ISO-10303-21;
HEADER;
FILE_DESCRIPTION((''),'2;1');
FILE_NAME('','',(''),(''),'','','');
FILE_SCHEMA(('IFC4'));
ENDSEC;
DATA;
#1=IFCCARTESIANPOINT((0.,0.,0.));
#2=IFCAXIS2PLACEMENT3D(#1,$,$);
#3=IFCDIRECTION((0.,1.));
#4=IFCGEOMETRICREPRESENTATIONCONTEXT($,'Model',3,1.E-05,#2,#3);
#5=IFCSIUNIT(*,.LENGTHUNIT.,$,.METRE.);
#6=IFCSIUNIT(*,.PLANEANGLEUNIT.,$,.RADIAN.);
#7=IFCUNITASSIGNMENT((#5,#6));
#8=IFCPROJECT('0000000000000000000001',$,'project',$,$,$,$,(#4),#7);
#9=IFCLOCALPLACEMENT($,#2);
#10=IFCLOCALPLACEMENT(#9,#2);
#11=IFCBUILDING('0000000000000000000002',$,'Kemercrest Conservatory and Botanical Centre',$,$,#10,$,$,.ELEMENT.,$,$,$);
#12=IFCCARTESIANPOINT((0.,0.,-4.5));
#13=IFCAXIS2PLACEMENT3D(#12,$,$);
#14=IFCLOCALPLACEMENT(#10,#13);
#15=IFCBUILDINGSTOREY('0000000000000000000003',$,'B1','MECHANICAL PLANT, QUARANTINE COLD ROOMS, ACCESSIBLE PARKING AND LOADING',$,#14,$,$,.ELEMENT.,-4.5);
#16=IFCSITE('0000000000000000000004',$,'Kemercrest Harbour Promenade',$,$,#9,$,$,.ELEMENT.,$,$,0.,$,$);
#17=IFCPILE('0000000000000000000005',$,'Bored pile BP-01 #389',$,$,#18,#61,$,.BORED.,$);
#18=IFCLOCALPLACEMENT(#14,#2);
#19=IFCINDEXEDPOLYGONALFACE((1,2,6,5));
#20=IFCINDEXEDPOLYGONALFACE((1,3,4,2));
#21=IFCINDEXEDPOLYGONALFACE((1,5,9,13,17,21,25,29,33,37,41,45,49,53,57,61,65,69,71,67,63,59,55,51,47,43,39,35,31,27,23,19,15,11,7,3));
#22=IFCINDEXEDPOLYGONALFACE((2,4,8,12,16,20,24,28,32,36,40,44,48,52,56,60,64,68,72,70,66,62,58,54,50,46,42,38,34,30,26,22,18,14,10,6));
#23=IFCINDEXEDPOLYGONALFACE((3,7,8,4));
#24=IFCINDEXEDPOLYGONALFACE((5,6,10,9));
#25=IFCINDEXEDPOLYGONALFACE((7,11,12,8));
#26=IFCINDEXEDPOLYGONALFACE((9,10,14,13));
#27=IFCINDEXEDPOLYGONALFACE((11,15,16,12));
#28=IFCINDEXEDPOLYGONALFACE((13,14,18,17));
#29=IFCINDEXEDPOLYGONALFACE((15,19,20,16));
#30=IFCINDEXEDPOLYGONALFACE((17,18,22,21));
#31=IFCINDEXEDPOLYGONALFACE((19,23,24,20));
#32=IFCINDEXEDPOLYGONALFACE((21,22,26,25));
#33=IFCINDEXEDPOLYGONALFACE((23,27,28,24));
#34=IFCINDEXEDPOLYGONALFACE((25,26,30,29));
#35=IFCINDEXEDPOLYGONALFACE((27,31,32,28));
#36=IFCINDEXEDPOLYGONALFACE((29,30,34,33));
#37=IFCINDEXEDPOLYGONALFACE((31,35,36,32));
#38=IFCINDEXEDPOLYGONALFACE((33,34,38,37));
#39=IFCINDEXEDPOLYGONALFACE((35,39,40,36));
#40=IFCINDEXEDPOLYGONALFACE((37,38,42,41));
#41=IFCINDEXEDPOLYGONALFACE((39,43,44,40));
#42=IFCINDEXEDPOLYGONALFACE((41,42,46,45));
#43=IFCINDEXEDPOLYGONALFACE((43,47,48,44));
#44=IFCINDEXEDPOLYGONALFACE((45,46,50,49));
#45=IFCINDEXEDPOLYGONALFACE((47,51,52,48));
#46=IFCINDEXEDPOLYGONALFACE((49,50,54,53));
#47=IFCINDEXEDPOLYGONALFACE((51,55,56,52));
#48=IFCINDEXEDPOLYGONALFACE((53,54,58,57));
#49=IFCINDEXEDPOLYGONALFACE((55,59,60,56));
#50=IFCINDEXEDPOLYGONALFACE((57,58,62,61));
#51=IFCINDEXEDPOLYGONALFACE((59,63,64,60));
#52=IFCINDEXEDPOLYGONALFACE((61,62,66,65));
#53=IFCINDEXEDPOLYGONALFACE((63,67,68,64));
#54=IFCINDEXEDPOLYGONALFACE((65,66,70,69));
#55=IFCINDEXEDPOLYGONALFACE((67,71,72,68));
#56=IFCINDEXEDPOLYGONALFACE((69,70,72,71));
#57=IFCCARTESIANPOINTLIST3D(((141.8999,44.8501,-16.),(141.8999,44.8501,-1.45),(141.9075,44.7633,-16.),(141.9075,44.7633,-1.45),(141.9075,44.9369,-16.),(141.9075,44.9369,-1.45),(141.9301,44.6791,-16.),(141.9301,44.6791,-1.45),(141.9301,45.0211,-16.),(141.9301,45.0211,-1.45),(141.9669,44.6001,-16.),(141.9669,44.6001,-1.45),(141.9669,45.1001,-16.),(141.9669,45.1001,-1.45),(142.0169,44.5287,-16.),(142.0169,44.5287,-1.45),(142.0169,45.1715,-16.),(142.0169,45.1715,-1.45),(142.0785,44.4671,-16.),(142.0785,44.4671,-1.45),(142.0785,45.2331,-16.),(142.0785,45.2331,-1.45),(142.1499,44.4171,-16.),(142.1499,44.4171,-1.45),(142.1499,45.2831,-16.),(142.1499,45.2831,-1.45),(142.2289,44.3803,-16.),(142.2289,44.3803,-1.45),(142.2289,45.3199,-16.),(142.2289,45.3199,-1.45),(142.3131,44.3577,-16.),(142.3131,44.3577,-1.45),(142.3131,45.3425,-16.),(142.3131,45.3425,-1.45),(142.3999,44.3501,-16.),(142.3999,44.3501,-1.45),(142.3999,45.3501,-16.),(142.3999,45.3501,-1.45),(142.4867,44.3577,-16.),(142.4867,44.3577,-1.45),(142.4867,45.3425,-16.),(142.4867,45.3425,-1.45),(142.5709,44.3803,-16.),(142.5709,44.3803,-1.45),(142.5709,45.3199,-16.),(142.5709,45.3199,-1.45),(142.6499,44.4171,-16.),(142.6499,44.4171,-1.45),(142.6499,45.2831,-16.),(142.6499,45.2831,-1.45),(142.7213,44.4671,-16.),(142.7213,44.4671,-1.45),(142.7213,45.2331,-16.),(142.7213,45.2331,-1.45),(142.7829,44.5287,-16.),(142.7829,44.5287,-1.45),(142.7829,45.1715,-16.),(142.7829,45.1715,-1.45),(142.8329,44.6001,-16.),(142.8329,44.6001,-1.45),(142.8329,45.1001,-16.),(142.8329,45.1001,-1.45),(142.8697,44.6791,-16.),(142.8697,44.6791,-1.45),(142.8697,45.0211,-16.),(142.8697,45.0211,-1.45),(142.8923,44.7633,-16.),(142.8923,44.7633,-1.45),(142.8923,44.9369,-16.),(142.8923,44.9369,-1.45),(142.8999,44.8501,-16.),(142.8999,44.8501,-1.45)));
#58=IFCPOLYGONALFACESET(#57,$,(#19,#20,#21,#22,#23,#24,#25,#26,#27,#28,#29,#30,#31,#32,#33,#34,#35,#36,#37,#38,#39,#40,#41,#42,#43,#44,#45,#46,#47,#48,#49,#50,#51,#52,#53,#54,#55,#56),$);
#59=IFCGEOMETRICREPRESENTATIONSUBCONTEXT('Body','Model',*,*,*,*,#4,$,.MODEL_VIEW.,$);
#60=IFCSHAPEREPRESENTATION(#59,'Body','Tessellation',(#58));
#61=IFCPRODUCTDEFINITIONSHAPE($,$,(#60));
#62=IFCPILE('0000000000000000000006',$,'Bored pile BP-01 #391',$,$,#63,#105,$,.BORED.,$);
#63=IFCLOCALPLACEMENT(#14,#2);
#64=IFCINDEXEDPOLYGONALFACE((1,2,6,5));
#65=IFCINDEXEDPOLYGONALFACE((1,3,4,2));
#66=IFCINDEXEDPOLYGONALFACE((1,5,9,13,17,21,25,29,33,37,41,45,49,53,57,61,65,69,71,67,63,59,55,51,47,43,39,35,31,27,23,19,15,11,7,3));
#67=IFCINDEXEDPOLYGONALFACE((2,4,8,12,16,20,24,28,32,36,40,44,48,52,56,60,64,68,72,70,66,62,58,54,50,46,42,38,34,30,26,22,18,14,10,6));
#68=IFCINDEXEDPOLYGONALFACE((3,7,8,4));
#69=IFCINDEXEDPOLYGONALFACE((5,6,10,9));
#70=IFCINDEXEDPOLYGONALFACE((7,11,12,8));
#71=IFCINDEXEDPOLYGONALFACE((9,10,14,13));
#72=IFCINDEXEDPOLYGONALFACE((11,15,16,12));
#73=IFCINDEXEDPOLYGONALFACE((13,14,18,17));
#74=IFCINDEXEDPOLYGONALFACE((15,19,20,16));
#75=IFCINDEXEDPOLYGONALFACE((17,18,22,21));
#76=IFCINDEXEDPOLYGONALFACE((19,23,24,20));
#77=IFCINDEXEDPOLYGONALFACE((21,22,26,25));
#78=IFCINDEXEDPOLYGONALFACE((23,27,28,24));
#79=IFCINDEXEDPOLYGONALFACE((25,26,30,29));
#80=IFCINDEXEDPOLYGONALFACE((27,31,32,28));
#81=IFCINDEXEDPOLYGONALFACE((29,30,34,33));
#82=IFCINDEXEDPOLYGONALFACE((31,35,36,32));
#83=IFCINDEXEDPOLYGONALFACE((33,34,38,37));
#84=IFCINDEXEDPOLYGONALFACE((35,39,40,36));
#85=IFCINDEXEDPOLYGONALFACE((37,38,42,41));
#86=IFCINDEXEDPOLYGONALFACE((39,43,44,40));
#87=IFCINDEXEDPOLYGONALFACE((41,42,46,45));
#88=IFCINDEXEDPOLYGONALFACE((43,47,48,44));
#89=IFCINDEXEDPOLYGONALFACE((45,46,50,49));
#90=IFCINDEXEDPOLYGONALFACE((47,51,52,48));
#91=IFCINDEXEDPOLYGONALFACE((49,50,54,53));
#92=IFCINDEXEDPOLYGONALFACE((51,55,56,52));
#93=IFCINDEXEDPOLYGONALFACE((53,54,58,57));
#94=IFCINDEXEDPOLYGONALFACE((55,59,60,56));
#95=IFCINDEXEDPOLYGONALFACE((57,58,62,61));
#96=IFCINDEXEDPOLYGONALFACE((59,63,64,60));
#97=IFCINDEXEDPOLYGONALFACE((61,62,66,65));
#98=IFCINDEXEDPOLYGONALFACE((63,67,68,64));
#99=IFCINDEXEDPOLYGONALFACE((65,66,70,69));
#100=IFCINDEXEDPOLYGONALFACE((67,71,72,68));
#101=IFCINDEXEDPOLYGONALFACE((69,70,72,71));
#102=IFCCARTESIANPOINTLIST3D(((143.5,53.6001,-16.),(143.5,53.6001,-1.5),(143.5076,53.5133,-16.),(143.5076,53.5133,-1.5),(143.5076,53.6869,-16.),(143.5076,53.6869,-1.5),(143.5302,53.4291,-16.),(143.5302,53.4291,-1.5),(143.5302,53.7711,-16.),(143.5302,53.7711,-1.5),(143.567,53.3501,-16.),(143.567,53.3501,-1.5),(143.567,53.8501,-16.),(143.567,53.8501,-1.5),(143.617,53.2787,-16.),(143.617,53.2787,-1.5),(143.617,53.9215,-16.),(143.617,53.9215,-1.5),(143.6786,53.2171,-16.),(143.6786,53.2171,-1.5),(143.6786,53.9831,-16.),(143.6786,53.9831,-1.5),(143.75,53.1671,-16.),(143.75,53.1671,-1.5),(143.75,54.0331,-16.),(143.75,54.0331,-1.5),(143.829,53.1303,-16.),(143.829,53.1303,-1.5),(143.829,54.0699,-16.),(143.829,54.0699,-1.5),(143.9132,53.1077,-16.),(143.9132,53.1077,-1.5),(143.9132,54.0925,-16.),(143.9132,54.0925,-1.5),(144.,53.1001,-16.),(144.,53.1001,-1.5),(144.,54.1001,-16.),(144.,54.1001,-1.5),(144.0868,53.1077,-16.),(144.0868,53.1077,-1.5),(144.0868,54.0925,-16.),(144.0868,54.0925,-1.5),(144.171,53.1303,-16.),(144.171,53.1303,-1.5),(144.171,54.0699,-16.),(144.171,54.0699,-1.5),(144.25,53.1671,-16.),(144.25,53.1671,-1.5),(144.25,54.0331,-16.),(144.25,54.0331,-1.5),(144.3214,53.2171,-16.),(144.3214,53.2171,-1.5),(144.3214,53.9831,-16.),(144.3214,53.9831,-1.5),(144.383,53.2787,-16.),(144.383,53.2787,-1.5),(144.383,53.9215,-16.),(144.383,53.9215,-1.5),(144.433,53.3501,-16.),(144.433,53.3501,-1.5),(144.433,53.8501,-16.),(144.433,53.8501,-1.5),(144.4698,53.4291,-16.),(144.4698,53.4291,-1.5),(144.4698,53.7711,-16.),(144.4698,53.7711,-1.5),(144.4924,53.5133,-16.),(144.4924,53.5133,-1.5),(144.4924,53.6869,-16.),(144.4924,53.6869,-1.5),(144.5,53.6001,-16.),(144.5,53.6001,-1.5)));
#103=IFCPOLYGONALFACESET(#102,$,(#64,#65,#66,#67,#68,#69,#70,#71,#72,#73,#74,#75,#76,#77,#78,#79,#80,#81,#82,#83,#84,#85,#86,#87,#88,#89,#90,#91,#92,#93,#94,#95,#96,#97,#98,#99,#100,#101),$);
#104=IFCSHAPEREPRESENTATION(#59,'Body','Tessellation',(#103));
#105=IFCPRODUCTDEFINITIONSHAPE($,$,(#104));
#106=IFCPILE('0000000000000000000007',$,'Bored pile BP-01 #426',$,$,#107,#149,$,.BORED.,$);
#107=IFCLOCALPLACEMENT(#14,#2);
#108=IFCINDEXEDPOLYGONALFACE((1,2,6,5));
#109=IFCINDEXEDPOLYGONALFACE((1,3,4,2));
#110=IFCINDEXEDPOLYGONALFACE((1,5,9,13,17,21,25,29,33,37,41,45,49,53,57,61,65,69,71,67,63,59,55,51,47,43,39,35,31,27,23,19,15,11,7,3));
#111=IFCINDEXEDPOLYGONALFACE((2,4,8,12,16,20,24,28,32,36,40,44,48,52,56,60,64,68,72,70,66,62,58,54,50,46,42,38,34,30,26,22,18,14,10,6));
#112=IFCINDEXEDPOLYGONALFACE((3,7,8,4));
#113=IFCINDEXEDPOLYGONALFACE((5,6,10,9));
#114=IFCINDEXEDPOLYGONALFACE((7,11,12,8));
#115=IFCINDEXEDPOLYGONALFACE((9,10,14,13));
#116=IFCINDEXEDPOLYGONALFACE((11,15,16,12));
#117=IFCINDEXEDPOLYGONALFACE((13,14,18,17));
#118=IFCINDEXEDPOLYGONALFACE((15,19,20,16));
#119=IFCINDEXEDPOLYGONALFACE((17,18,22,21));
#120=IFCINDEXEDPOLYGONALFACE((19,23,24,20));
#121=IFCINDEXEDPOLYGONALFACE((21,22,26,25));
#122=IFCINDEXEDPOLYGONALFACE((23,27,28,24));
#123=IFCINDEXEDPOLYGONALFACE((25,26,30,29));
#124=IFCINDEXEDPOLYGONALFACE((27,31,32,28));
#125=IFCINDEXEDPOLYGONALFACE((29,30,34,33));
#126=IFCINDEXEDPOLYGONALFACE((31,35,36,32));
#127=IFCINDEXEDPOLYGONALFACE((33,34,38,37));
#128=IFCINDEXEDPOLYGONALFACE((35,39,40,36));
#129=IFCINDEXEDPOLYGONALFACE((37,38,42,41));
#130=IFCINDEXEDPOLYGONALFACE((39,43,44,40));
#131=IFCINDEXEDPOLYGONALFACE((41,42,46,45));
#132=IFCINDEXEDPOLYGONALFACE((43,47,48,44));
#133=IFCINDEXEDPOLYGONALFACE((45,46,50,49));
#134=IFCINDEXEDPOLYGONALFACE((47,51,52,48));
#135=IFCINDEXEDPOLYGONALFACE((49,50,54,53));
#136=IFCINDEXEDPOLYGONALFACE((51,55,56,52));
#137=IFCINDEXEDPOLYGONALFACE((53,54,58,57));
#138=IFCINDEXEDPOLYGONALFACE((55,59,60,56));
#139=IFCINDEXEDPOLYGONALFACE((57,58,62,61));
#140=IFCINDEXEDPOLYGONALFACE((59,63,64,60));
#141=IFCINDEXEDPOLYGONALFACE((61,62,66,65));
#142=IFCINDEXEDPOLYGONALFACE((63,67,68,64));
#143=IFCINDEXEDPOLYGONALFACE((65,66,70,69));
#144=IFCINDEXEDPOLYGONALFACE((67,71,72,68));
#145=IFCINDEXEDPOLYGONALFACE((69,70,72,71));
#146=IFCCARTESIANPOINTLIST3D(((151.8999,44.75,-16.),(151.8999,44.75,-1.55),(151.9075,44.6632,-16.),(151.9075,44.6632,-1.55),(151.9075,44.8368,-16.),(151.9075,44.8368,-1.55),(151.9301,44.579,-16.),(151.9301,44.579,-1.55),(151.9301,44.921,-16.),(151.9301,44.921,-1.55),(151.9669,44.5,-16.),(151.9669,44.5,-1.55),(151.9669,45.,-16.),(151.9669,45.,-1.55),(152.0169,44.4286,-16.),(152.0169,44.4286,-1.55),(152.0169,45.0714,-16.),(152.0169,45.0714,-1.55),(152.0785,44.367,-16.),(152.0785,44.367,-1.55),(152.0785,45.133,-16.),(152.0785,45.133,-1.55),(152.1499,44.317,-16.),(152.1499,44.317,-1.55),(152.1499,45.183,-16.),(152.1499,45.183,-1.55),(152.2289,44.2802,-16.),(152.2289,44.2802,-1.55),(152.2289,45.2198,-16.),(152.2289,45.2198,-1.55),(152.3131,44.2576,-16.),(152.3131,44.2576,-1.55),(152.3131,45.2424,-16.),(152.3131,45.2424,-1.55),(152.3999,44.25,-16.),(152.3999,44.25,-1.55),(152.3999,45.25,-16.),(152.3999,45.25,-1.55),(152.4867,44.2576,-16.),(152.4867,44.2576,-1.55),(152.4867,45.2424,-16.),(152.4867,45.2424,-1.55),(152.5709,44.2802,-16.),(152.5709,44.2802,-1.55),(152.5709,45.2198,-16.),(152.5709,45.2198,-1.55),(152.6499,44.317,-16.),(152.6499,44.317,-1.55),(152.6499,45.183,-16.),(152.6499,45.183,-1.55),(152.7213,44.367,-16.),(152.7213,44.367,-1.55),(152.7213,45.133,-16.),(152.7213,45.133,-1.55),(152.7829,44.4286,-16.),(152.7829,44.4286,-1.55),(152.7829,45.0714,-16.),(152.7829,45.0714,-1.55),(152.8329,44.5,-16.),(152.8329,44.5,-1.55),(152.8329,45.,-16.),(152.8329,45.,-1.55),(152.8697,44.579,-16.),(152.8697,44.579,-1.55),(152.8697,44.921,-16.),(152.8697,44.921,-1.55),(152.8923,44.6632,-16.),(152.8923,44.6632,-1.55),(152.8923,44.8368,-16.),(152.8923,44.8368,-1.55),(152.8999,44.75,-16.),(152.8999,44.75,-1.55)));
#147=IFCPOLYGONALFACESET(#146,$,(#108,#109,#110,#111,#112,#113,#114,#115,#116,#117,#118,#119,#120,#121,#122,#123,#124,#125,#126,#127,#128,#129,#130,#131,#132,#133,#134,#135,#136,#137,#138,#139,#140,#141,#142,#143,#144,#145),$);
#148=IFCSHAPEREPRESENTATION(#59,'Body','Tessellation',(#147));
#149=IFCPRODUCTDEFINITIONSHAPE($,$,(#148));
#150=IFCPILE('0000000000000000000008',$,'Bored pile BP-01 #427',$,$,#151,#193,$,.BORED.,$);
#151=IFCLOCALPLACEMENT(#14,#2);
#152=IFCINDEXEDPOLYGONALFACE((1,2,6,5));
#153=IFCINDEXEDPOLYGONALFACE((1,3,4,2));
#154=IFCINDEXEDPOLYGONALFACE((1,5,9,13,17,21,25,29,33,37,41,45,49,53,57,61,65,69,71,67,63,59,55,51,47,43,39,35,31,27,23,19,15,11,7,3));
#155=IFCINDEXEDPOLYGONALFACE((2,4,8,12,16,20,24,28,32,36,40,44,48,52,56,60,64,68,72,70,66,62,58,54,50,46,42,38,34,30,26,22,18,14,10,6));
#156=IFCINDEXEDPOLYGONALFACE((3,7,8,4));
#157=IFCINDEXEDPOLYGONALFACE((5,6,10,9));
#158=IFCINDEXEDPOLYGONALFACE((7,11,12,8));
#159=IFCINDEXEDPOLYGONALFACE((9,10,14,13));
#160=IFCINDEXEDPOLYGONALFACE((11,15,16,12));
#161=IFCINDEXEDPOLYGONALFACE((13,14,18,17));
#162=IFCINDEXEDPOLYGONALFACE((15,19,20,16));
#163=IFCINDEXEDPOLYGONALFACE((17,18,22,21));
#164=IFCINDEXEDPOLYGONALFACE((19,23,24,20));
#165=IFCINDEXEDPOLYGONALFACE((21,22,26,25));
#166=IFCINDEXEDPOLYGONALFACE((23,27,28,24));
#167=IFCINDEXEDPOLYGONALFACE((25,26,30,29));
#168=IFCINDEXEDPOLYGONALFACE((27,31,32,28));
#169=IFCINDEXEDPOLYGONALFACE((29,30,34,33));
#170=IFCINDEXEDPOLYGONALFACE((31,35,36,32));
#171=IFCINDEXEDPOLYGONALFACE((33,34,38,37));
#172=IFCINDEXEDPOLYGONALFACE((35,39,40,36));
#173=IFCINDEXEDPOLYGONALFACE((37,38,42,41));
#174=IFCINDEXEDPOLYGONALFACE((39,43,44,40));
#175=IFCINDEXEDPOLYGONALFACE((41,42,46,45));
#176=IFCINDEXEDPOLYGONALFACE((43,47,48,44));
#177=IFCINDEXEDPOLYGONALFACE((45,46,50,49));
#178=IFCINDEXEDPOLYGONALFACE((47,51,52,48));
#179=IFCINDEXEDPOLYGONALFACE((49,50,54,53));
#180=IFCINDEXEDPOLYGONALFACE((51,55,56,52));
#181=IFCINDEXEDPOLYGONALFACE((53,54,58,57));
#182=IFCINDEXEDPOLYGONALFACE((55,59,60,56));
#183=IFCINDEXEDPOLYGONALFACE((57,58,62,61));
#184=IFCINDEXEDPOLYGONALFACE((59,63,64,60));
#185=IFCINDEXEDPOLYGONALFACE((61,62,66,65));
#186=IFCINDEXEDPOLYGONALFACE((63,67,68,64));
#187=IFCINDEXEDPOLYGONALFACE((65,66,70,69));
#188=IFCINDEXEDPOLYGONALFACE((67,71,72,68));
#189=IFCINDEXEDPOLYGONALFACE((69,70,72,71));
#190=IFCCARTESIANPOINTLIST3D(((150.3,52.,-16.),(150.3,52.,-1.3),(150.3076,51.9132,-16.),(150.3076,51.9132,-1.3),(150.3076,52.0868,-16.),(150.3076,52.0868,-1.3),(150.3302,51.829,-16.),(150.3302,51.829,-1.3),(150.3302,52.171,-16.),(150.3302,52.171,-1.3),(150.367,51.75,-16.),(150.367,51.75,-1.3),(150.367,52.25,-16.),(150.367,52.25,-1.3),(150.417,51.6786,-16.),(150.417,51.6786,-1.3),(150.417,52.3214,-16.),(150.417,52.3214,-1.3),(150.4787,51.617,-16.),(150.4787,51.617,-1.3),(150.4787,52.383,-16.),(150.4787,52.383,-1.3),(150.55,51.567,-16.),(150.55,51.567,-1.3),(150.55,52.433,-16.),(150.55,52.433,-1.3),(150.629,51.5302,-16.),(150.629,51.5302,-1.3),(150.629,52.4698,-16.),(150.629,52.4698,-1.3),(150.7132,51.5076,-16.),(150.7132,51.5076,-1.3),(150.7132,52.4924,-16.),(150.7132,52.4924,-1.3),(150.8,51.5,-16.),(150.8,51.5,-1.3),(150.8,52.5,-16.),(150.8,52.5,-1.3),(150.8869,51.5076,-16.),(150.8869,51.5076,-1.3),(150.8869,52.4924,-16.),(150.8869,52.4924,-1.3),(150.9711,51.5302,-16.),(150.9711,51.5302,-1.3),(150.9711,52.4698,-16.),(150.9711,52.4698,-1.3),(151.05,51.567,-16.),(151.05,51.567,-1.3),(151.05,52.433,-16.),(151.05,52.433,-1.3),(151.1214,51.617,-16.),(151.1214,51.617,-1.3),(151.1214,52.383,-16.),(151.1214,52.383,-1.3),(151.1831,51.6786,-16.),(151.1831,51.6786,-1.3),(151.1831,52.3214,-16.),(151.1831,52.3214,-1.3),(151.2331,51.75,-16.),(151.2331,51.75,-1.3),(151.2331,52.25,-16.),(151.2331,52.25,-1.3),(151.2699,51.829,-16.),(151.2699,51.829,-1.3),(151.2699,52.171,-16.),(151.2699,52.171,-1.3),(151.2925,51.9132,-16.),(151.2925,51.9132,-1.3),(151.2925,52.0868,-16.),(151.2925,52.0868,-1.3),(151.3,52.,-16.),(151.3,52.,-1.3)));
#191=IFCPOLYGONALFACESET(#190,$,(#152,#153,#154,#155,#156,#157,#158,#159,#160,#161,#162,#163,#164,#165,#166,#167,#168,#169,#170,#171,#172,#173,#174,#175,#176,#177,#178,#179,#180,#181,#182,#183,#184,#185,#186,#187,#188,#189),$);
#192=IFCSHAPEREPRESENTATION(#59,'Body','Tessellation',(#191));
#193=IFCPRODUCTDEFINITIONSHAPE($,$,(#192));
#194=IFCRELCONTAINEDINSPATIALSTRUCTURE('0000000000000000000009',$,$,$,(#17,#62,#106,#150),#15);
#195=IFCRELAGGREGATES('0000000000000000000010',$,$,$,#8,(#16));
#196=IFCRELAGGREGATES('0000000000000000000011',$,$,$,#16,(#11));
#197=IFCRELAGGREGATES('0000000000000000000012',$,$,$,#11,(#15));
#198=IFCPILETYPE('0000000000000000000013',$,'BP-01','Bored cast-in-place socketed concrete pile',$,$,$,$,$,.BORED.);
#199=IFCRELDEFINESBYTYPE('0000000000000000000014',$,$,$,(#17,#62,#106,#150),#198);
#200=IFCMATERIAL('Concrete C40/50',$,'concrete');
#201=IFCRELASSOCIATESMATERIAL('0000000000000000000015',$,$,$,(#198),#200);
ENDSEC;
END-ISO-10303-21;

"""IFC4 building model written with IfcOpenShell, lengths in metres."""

from ifc_helpers import new_model, si_unit, direction, frame, origin, origin_2d, place, context, subcontext, project, spatial, circle, extrude, material, material_profile, profile_set, type_object, element, save


model = new_model("IFC4")

# Units and contexts
model_context = context("Model", 3, precision=1e-05, world=origin(), true_north=direction((0.0, 1.0)))
body_context = subcontext(model_context, "Body", "Model", "MODEL_VIEW")
ifc_project = project(units=[si_unit("LENGTHUNIT", "METRE"), si_unit("PLANEANGLEUNIT", "RADIAN")], contexts=[model_context])

# Site, building, storey
site_placement = place(None, origin())
site = spatial("IfcSite", under=ifc_project, at=site_placement, Name="Kemercrest Harbour Promenade", CompositionType="ELEMENT", RefElevation=0.0)
building_placement = place(site_placement, origin())
building = spatial("IfcBuilding", under=site, at=building_placement, Name="Kemercrest Conservatory and Botanical Centre", CompositionType="ELEMENT")
storey_placement = place(building_placement, frame((0.0, 0.0, -4.5)))
storey = spatial("IfcBuildingStorey", under=building, at=storey_placement, Name="B1", Description="MECHANICAL PLANT, QUARANTINE COLD ROOMS, ACCESSIBLE PARKING AND LOADING", CompositionType="ELEMENT", Elevation=-4.5)

# Piles
ifc_material_1 = material(Name="Concrete C40/50", Category="concrete")
ifc_material_profile_1 = material_profile(ifc_material_1, circle(Radius=0.5, at=origin_2d()), Name="BORED PILE 1000")
ifc_profile_set_1 = profile_set([ifc_material_profile_1], Name="Concrete C40/50")
pile_type_1 = type_object("IfcPileType", Name="BP-01", Description="Bored cast-in-place socketed concrete pile", PredefinedType="BORED", material=ifc_profile_set_1)
pile_1_placement = place(storey_placement, frame((142.3999, 44.8501, -1.45), z_axis=(0.0, 0.0, -1.0), x_axis=(1.0, 0.0, 0.0)))
element("IfcPile", 1, at=pile_1_placement, inside=storey, type_object=pile_type_1, Name="Bored pile BP-01 #389", PredefinedType="BORED", context=body_context, shape_type="SweptSolid", body=[
    extrude(circle(Radius=0.5, at=origin_2d()), origin(), (0.0, 0.0, 1.0), 14.55),
])
pile_2_placement = place(storey_placement, frame((144.0, 53.6001, -1.5), z_axis=(0.0, 0.0, -1.0), x_axis=(1.0, 0.0, 0.0)))
element("IfcPile", 2, at=pile_2_placement, inside=storey, type_object=pile_type_1, Name="Bored pile BP-01 #391", PredefinedType="BORED", context=body_context, shape_type="SweptSolid", body=[
    extrude(circle(Radius=0.5, at=origin_2d()), origin(), (0.0, 0.0, 1.0), 14.5),
])
pile_3_placement = place(storey_placement, frame((152.3999, 44.75, -1.55), z_axis=(0.0, 0.0, -1.0), x_axis=(1.0, 0.0, 0.0)))
element("IfcPile", 3, at=pile_3_placement, inside=storey, type_object=pile_type_1, Name="Bored pile BP-01 #426", PredefinedType="BORED", context=body_context, shape_type="SweptSolid", body=[
    extrude(circle(Radius=0.5, at=origin_2d()), origin(), (0.0, 0.0, 1.0), 14.45),
])
pile_4_placement = place(storey_placement, frame((150.8, 52.0, -1.3), z_axis=(0.0, 0.0, -1.0), x_axis=(1.0, 0.0, 0.0)))
element("IfcPile", 4, at=pile_4_placement, inside=storey, type_object=pile_type_1, Name="Bored pile BP-01 #427", PredefinedType="BORED", context=body_context, shape_type="SweptSolid", body=[
    extrude(circle(Radius=0.5, at=origin_2d()), origin(), (0.0, 0.0, 1.0), 14.7),
])

save(model, "model.ifc")
